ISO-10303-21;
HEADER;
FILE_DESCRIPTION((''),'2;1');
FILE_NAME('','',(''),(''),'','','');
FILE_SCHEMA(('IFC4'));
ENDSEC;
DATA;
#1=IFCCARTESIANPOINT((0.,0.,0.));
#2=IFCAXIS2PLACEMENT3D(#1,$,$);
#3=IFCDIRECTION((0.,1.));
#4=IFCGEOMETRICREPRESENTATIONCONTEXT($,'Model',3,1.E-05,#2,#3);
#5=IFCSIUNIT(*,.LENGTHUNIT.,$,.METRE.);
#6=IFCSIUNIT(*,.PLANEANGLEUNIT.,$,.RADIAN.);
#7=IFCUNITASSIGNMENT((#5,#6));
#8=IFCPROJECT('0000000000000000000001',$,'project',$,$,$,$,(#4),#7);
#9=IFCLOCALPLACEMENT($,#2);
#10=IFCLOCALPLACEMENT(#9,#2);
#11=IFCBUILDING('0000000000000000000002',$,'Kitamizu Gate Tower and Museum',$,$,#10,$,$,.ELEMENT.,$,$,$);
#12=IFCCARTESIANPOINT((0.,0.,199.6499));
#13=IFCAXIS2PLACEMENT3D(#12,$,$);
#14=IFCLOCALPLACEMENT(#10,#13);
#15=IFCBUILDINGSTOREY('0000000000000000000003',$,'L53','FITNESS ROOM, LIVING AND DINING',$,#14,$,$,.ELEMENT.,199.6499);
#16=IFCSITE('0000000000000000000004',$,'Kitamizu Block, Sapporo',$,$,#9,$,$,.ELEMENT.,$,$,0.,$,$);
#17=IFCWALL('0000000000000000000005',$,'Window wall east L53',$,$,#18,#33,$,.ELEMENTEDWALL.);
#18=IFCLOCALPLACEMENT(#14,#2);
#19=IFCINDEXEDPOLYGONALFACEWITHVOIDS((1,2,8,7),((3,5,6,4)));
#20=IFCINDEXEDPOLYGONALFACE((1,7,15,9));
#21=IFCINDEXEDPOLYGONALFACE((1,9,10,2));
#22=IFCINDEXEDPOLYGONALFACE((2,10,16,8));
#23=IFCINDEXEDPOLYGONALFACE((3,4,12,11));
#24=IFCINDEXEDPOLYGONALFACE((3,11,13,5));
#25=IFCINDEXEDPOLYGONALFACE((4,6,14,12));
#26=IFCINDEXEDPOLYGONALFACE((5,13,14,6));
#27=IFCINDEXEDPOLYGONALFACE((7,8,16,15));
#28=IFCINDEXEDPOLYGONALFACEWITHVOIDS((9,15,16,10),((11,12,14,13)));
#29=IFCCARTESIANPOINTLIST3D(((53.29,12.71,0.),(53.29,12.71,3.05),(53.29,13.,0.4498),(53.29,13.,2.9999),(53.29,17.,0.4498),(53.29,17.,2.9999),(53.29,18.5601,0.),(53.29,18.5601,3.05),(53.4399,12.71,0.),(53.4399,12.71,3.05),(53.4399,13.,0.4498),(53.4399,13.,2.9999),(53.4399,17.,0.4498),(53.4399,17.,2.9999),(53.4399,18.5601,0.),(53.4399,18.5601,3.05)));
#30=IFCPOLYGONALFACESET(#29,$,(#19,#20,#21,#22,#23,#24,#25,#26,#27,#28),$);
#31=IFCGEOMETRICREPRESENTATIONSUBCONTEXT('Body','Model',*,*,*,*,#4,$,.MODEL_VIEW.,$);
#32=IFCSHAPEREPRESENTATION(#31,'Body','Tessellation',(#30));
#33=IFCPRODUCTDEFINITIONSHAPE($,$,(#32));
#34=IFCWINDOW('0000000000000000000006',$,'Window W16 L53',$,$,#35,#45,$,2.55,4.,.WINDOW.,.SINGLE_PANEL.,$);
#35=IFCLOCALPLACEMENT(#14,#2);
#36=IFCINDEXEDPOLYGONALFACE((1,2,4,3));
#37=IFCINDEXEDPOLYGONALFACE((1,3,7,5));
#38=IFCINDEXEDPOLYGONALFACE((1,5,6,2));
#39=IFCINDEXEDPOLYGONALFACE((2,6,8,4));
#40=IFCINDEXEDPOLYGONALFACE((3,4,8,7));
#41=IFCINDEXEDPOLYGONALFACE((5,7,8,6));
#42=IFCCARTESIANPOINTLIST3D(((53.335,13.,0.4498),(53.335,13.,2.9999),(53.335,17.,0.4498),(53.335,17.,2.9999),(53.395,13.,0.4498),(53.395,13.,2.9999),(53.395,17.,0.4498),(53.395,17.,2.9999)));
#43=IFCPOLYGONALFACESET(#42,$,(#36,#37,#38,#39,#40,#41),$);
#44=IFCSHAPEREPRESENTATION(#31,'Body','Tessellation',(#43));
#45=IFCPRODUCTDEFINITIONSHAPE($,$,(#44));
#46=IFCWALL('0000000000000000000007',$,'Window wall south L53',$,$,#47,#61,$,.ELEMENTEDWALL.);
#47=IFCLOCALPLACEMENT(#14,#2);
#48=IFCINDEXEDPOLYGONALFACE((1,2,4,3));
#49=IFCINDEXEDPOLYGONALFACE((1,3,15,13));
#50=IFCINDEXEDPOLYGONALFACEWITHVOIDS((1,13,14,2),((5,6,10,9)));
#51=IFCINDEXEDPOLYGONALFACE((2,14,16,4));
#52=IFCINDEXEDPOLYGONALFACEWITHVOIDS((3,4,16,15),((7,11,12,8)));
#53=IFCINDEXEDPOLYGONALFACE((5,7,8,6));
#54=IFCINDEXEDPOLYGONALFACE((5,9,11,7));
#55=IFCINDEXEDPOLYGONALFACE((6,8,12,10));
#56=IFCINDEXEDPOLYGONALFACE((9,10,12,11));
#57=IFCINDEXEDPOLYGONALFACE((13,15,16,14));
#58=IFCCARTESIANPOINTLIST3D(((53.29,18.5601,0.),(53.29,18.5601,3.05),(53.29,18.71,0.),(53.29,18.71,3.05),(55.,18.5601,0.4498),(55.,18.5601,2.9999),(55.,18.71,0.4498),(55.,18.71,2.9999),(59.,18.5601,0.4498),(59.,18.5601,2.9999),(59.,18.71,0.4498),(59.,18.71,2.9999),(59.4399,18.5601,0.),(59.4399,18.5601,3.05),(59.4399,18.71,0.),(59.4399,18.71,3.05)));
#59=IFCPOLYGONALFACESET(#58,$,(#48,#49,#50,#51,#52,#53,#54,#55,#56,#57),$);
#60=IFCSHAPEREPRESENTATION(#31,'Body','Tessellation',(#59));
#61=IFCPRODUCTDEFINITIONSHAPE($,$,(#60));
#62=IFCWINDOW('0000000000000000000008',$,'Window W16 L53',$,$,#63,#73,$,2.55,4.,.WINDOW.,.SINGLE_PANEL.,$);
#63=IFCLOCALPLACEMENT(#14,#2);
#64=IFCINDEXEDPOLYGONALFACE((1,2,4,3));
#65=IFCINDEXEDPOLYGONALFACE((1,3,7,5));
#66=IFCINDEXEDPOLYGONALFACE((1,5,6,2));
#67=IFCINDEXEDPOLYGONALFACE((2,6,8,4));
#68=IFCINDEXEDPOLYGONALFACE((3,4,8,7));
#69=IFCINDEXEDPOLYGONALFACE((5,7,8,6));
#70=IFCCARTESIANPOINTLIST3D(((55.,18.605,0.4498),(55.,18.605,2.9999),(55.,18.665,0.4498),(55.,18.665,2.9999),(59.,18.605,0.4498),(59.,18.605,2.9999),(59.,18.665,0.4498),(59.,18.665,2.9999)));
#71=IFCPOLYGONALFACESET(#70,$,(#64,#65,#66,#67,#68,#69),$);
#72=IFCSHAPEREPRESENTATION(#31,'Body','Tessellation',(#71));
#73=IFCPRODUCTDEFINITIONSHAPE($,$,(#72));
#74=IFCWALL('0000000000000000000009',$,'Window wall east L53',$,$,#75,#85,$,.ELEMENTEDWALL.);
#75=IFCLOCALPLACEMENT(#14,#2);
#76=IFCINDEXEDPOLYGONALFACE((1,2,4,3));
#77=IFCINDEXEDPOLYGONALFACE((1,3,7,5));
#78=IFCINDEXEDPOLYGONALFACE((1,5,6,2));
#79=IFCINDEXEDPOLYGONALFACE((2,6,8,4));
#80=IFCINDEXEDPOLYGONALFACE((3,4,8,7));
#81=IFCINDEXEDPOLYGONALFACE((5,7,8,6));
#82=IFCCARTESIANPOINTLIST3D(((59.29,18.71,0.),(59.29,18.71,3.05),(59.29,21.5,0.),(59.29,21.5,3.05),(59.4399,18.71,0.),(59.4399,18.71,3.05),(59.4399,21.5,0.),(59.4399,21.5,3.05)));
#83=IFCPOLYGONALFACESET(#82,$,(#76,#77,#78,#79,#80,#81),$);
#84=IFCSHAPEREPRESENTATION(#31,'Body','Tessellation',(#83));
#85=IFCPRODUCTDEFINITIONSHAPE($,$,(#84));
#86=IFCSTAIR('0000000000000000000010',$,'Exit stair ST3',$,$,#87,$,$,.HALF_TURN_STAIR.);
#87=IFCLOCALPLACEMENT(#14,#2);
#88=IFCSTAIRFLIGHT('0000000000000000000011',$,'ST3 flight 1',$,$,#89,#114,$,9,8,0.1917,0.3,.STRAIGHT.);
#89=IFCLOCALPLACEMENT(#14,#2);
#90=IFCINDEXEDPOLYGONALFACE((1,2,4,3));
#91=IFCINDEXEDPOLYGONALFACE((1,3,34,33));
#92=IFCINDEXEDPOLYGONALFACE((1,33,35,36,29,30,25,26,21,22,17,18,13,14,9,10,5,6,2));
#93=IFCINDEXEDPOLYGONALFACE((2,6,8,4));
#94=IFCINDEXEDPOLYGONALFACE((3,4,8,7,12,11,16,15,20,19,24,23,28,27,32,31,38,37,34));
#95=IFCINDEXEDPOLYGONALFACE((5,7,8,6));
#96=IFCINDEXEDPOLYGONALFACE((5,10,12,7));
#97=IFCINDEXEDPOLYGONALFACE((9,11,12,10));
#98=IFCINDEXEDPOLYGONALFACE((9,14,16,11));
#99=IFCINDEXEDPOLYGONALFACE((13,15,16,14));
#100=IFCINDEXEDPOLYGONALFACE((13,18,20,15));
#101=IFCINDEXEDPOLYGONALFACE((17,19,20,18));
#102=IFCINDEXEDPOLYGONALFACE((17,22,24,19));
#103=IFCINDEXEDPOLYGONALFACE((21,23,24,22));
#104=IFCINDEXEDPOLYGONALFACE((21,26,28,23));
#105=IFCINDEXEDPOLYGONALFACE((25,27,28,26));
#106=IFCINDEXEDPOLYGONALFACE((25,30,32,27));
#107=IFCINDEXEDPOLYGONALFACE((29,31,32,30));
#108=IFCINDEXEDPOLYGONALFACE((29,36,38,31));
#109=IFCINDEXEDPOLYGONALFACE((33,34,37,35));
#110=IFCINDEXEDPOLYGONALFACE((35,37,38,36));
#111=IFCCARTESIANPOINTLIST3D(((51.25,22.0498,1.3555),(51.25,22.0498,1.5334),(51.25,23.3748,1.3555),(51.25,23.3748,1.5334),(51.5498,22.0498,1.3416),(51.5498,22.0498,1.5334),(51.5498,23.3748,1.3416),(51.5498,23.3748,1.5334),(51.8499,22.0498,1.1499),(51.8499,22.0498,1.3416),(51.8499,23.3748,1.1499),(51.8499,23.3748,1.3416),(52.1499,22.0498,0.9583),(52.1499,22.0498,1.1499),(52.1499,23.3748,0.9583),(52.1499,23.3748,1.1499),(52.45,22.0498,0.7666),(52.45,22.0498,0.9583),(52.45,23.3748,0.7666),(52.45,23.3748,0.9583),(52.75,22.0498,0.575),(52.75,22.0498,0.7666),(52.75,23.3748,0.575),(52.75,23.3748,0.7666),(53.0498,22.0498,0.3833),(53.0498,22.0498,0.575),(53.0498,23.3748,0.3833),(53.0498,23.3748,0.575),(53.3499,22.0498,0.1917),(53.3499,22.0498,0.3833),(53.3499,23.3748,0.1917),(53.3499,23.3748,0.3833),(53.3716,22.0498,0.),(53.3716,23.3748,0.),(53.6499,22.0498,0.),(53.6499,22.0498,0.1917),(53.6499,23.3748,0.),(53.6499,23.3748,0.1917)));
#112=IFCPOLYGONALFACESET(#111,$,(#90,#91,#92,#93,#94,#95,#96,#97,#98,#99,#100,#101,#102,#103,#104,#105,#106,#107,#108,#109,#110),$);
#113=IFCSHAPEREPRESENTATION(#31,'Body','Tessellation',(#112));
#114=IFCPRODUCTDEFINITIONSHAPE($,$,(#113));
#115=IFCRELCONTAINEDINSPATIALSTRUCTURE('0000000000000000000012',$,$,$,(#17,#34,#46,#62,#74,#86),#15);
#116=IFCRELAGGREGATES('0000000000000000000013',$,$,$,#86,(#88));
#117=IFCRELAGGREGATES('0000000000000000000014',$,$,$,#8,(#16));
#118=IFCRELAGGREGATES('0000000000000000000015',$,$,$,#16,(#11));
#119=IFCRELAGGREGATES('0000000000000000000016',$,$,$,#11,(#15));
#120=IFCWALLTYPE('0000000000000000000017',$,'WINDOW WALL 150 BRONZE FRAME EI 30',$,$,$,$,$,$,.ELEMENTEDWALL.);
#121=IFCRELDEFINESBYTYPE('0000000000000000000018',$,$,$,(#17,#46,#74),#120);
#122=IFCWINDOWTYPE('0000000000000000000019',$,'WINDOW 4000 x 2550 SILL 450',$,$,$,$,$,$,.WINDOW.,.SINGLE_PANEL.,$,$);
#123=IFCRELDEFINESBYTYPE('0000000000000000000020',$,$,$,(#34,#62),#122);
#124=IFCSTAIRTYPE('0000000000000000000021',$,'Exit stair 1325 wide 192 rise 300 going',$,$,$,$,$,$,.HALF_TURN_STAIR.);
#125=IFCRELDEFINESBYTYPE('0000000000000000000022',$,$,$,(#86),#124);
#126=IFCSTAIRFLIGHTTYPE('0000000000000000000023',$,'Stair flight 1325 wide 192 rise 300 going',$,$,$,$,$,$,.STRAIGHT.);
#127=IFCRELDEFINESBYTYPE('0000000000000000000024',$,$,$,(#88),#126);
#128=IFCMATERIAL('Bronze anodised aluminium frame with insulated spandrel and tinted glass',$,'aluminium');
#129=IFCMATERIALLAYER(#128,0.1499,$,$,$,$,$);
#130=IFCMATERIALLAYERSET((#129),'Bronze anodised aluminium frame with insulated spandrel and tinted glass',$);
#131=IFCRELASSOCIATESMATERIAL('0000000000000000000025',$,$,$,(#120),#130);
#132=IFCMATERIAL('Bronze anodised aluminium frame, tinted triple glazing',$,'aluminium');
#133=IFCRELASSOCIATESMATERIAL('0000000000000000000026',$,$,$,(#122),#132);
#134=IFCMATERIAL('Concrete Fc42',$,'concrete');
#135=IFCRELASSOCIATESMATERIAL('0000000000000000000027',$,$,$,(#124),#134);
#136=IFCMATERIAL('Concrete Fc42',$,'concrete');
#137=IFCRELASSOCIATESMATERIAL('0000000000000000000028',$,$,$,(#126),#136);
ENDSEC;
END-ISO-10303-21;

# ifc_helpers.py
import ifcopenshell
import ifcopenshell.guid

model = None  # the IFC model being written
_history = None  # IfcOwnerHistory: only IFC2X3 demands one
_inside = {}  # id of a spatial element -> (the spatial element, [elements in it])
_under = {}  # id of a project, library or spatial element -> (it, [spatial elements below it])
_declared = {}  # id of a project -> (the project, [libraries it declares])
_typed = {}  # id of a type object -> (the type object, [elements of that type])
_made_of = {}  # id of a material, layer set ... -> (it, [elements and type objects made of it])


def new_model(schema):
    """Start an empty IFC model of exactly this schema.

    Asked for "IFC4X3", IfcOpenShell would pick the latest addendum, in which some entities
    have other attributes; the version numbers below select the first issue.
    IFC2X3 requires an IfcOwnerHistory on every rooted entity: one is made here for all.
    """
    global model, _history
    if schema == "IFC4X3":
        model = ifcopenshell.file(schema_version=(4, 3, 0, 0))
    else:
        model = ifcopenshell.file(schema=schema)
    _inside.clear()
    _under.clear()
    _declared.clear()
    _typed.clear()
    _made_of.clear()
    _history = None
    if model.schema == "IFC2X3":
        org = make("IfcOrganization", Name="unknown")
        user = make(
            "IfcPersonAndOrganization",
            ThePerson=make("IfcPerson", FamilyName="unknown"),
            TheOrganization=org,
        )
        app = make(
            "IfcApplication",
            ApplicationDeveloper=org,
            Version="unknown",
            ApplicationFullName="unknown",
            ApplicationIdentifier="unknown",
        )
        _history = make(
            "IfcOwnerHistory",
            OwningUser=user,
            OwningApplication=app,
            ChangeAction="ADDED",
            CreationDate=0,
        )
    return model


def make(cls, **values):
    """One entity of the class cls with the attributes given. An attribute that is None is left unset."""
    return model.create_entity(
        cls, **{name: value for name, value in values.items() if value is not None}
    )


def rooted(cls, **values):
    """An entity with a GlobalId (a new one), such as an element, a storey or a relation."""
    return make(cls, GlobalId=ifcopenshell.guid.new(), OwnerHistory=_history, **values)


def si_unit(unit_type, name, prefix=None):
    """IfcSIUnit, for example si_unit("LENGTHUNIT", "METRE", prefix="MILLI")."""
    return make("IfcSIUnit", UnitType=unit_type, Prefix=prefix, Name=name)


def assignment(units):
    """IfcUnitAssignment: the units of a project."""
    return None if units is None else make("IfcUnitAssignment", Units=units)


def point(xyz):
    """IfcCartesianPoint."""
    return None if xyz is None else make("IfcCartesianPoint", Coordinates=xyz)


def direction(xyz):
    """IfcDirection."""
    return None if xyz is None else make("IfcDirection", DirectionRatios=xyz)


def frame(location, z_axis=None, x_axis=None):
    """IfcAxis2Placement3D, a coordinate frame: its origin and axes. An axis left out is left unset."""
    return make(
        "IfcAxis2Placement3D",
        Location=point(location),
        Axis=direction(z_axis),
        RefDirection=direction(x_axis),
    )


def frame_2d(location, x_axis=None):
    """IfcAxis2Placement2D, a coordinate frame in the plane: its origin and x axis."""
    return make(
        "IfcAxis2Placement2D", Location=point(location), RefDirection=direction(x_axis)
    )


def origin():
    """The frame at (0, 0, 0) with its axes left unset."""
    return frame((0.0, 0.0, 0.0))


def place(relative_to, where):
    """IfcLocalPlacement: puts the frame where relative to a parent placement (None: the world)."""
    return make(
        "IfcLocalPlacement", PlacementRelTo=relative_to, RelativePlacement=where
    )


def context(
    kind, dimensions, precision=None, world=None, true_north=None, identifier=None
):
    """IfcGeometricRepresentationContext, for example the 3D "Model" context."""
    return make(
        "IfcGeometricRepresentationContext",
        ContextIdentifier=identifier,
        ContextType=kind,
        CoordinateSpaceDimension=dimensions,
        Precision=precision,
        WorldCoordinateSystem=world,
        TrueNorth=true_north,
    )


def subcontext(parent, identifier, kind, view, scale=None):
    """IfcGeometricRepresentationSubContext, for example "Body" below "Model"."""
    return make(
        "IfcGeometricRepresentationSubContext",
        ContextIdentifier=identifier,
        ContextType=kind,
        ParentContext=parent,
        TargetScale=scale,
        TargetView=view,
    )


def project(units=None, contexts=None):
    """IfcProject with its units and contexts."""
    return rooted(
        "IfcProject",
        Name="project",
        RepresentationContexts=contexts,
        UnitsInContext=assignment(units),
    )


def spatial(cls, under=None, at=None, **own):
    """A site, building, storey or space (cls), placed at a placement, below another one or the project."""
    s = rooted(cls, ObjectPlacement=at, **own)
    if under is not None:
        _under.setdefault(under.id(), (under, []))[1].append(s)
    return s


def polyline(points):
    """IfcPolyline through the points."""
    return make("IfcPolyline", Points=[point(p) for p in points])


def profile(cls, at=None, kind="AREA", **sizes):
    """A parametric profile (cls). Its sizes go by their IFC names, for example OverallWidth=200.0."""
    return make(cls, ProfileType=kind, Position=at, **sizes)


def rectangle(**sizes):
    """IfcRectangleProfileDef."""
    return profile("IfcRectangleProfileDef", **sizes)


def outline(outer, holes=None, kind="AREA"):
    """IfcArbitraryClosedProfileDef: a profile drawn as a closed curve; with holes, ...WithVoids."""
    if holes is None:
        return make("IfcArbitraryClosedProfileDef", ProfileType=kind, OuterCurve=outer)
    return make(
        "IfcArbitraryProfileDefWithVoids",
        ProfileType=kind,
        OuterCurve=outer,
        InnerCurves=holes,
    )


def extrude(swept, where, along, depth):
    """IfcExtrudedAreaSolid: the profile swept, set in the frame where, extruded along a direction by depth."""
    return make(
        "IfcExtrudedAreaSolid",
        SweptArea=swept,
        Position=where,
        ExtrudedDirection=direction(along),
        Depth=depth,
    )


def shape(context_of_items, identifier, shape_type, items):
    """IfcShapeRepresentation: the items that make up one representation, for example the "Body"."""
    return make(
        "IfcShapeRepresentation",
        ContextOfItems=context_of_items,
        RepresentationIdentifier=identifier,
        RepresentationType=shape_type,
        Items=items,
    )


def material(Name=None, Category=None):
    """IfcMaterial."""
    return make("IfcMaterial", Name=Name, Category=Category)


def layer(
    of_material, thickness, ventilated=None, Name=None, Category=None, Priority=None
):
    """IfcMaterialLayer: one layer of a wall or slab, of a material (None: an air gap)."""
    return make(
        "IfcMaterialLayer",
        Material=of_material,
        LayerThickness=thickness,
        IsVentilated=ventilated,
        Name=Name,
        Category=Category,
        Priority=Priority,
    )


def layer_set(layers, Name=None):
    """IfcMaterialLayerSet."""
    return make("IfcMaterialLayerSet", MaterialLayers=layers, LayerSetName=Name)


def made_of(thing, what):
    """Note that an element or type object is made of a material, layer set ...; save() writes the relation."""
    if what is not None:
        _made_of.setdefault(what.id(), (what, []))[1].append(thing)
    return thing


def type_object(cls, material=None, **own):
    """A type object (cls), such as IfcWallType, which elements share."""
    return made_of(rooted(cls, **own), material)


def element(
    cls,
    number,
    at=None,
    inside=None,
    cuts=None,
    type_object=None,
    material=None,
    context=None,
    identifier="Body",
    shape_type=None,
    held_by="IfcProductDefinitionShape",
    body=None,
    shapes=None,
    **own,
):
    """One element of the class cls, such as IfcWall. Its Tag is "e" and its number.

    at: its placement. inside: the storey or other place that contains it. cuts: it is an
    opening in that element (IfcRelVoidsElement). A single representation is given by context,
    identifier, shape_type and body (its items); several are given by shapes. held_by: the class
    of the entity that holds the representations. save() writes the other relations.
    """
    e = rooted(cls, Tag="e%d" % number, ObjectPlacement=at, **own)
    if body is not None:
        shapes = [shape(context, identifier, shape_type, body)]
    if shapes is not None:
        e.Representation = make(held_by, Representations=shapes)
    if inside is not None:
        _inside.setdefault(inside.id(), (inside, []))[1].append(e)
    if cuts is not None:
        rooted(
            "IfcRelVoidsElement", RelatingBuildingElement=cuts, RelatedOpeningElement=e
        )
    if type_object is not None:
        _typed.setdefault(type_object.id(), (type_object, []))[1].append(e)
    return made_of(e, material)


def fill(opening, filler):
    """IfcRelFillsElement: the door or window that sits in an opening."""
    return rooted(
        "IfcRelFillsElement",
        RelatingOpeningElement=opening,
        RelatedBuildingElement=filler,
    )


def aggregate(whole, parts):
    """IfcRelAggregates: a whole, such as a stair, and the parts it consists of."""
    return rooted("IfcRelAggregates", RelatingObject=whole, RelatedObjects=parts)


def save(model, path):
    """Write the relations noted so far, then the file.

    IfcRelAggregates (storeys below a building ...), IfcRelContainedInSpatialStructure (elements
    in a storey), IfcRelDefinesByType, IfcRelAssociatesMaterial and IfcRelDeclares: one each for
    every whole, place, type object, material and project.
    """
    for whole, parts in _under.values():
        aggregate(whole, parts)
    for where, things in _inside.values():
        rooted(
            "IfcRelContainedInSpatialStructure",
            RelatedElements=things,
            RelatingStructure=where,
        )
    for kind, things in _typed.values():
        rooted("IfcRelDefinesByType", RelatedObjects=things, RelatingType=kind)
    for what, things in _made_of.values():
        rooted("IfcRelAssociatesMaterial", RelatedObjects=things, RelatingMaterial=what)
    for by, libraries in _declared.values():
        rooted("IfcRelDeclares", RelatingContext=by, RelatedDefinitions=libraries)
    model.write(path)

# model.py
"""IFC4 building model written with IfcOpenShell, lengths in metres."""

from ifc_helpers import new_model, si_unit, direction, frame, frame_2d, origin, place, context, subcontext, project, spatial, polyline, rectangle, outline, extrude, material, layer, layer_set, type_object, element, fill, aggregate, save


model = new_model("IFC4")

# Units and contexts
model_context = context("Model", 3, precision=1e-05, world=origin(), true_north=direction((0.0, 1.0)))
body_context = subcontext(model_context, "Body", "Model", "MODEL_VIEW")
ifc_project = project(units=[si_unit("LENGTHUNIT", "METRE"), si_unit("PLANEANGLEUNIT", "RADIAN")], contexts=[model_context])

# Site, building, storey
site_placement = place(None, origin())
site = spatial("IfcSite", under=ifc_project, at=site_placement, Name="Kitamizu Block, Sapporo", CompositionType="ELEMENT", RefElevation=0.0)
building_placement = place(site_placement, origin())
building = spatial("IfcBuilding", under=site, at=building_placement, Name="Kitamizu Gate Tower and Museum", CompositionType="ELEMENT")
storey_placement = place(building_placement, frame((0.0, 0.0, 199.6499)))
storey = spatial("IfcBuildingStorey", under=building, at=storey_placement, Name="L53", Description="FITNESS ROOM, LIVING AND DINING", CompositionType="ELEMENT", Elevation=199.6499)

# Walls, openings, windows
ifc_material_1 = material(Name="Bronze anodised aluminium frame with insulated spandrel and tinted glass", Category="aluminium")
ifc_layer_1 = layer(ifc_material_1, 0.1499)
ifc_layer_set_1 = layer_set([ifc_layer_1], Name="Bronze anodised aluminium frame with insulated spandrel and tinted glass")
wall_type_1 = type_object("IfcWallType", Name="WINDOW WALL 150 BRONZE FRAME EI 30", PredefinedType="ELEMENTEDWALL", material=ifc_layer_set_1)
wall_1_placement = place(storey_placement, frame((53.365, 12.71, 0.0), z_axis=(0.0, 0.0, 1.0), x_axis=(0.0, 1.0, 0.0)))
wall_1 = element("IfcWall", 1, at=wall_1_placement, inside=storey, type_object=wall_type_1, Name="Window wall east L53", PredefinedType="ELEMENTEDWALL", context=body_context, shape_type="SweptSolid", body=[
    extrude(rectangle(XDim=5.8501, YDim=0.1499, at=frame_2d((2.925, 0.0))), origin(), (0.0, 0.0, 1.0), 3.05),
])
opening_1_placement = place(wall_1_placement, frame((0.29, 0.0, 0.45)))
opening_1 = element("IfcOpeningElement", 2, at=opening_1_placement, cuts=wall_1, PredefinedType="OPENING", context=body_context, shape_type="SweptSolid", body=[
    extrude(rectangle(XDim=4.0, YDim=2.55, at=frame_2d((2.0, 1.2749))), frame((0.0, 0.085, 0.0), z_axis=(0.0, -1.0, 0.0), x_axis=(1.0, 0.0, 0.0)), (0.0, 0.0, 1.0), 0.1699),
])
ifc_material_2 = material(Name="Bronze anodised aluminium frame, tinted triple glazing", Category="aluminium")
window_type = type_object("IfcWindowType", Name="WINDOW 4000 x 2550 SILL 450", PartitioningType="SINGLE_PANEL", PredefinedType="WINDOW", material=ifc_material_2)
window_1_placement = place(opening_1_placement, origin())
window_1 = element("IfcWindow", 3, at=window_1_placement, inside=storey, type_object=window_type, Name="Window W16 L53", OverallHeight=2.55, OverallWidth=4.0, PartitioningType="SINGLE_PANEL", PredefinedType="WINDOW", context=body_context, shape_type="SweptSolid", body=[
    extrude(rectangle(XDim=4.0, YDim=2.55, at=frame_2d((2.0, 1.2749))), frame((0.0, 0.03, 0.0), z_axis=(0.0, -1.0, 0.0), x_axis=(1.0, 0.0, 0.0)), (0.0, 0.0, 1.0), 0.0601),
])
fill(opening_1, window_1)
wall_2_placement = place(storey_placement, frame((53.29, 18.635, 0.0), z_axis=(0.0, 0.0, 1.0), x_axis=(1.0, 0.0, 0.0)))
wall_2 = element("IfcWall", 4, at=wall_2_placement, inside=storey, type_object=wall_type_1, Name="Window wall south L53", PredefinedType="ELEMENTEDWALL", context=body_context, shape_type="SweptSolid", body=[
    extrude(rectangle(XDim=6.1499, YDim=0.1499, at=frame_2d((3.075, 0.0))), origin(), (0.0, 0.0, 1.0), 3.05),
])
opening_2_placement = place(wall_2_placement, frame((1.71, 0.0, 0.45)))
opening_2 = element("IfcOpeningElement", 5, at=opening_2_placement, cuts=wall_2, PredefinedType="OPENING", context=body_context, shape_type="SweptSolid", body=[
    extrude(rectangle(XDim=4.0, YDim=2.55, at=frame_2d((2.0, 1.2749))), frame((0.0, 0.085, 0.0), z_axis=(0.0, -1.0, 0.0), x_axis=(1.0, 0.0, 0.0)), (0.0, 0.0, 1.0), 0.1699),
])
window_2_placement = place(opening_2_placement, origin())
window_2 = element("IfcWindow", 6, at=window_2_placement, inside=storey, type_object=window_type, Name="Window W16 L53", OverallHeight=2.55, OverallWidth=4.0, PartitioningType="SINGLE_PANEL", PredefinedType="WINDOW", context=body_context, shape_type="SweptSolid", body=[
    extrude(rectangle(XDim=4.0, YDim=2.55, at=frame_2d((2.0, 1.2749))), frame((0.0, 0.03, 0.0), z_axis=(0.0, -1.0, 0.0), x_axis=(1.0, 0.0, 0.0)), (0.0, 0.0, 1.0), 0.0601),
])
fill(opening_2, window_2)

# Wall
wall_3_placement = place(storey_placement, frame((59.365, 18.71, 0.0), z_axis=(0.0, 0.0, 1.0), x_axis=(0.0, 1.0, 0.0)))
element("IfcWall", 7, at=wall_3_placement, inside=storey, type_object=wall_type_1, Name="Window wall east L53", PredefinedType="ELEMENTEDWALL", context=body_context, shape_type="SweptSolid", body=[
    extrude(rectangle(XDim=2.79, YDim=0.1499, at=frame_2d((1.395, 0.0))), origin(), (0.0, 0.0, 1.0), 3.05),
])

# Stair, stair flight
ifc_material_3 = material(Name="Concrete Fc42", Category="concrete")
stair_type = type_object("IfcStairType", Name="Exit stair 1325 wide 192 rise 300 going", PredefinedType="HALF_TURN_STAIR", material=ifc_material_3)
stair_placement = place(storey_placement, origin())
stair = element("IfcStair", 8, at=stair_placement, inside=storey, type_object=stair_type, Name="Exit stair ST3", PredefinedType="HALF_TURN_STAIR")
ifc_material_4 = material(Name="Concrete Fc42", Category="concrete")
stair_flight_type = type_object("IfcStairFlightType", Name="Stair flight 1325 wide 192 rise 300 going", PredefinedType="STRAIGHT", material=ifc_material_4)
stair_flight_placement = place(storey_placement, frame((53.6499, 22.7124, 0.0), z_axis=(0.0, 0.0, 1.0), x_axis=(-1.0, 0.0, 0.0)))
stair_flight = element("IfcStairFlight", 9, at=stair_flight_placement, type_object=stair_flight_type, Name="ST3 flight 1", NumberOfRisers=9, NumberOfTreads=8, PredefinedType="STRAIGHT", RiserHeight=0.1917, TreadLength=0.3, context=body_context, shape_type="SweptSolid", body=[
    extrude(outline(polyline([(0.0, 0.0), (0.0, 0.1917), (0.3, 0.1917), (0.3, 0.3833), (0.6001, 0.3833), (0.6001, 0.575), (0.8999, 0.575), (0.8999, 0.7666), (1.2, 0.7666), (1.2, 0.9583), (1.5, 0.9583), (1.5, 1.1499), (1.8, 1.1499), (1.8, 1.3416), (2.1001, 1.3416), (2.1001, 1.5334), (2.3999, 1.5334), (2.3999, 1.7251), (2.3999, 1.3555), (0.2783, 0.0), (0.0, 0.0)])), frame((0.0, 0.6626, 0.0), z_axis=(0.0, -1.0, 0.0), x_axis=(1.0, 0.0, 0.0)), (0.0, 0.0, 1.0), 1.325),
])
aggregate(stair, [stair_flight])

save(model, "model.ifc")
